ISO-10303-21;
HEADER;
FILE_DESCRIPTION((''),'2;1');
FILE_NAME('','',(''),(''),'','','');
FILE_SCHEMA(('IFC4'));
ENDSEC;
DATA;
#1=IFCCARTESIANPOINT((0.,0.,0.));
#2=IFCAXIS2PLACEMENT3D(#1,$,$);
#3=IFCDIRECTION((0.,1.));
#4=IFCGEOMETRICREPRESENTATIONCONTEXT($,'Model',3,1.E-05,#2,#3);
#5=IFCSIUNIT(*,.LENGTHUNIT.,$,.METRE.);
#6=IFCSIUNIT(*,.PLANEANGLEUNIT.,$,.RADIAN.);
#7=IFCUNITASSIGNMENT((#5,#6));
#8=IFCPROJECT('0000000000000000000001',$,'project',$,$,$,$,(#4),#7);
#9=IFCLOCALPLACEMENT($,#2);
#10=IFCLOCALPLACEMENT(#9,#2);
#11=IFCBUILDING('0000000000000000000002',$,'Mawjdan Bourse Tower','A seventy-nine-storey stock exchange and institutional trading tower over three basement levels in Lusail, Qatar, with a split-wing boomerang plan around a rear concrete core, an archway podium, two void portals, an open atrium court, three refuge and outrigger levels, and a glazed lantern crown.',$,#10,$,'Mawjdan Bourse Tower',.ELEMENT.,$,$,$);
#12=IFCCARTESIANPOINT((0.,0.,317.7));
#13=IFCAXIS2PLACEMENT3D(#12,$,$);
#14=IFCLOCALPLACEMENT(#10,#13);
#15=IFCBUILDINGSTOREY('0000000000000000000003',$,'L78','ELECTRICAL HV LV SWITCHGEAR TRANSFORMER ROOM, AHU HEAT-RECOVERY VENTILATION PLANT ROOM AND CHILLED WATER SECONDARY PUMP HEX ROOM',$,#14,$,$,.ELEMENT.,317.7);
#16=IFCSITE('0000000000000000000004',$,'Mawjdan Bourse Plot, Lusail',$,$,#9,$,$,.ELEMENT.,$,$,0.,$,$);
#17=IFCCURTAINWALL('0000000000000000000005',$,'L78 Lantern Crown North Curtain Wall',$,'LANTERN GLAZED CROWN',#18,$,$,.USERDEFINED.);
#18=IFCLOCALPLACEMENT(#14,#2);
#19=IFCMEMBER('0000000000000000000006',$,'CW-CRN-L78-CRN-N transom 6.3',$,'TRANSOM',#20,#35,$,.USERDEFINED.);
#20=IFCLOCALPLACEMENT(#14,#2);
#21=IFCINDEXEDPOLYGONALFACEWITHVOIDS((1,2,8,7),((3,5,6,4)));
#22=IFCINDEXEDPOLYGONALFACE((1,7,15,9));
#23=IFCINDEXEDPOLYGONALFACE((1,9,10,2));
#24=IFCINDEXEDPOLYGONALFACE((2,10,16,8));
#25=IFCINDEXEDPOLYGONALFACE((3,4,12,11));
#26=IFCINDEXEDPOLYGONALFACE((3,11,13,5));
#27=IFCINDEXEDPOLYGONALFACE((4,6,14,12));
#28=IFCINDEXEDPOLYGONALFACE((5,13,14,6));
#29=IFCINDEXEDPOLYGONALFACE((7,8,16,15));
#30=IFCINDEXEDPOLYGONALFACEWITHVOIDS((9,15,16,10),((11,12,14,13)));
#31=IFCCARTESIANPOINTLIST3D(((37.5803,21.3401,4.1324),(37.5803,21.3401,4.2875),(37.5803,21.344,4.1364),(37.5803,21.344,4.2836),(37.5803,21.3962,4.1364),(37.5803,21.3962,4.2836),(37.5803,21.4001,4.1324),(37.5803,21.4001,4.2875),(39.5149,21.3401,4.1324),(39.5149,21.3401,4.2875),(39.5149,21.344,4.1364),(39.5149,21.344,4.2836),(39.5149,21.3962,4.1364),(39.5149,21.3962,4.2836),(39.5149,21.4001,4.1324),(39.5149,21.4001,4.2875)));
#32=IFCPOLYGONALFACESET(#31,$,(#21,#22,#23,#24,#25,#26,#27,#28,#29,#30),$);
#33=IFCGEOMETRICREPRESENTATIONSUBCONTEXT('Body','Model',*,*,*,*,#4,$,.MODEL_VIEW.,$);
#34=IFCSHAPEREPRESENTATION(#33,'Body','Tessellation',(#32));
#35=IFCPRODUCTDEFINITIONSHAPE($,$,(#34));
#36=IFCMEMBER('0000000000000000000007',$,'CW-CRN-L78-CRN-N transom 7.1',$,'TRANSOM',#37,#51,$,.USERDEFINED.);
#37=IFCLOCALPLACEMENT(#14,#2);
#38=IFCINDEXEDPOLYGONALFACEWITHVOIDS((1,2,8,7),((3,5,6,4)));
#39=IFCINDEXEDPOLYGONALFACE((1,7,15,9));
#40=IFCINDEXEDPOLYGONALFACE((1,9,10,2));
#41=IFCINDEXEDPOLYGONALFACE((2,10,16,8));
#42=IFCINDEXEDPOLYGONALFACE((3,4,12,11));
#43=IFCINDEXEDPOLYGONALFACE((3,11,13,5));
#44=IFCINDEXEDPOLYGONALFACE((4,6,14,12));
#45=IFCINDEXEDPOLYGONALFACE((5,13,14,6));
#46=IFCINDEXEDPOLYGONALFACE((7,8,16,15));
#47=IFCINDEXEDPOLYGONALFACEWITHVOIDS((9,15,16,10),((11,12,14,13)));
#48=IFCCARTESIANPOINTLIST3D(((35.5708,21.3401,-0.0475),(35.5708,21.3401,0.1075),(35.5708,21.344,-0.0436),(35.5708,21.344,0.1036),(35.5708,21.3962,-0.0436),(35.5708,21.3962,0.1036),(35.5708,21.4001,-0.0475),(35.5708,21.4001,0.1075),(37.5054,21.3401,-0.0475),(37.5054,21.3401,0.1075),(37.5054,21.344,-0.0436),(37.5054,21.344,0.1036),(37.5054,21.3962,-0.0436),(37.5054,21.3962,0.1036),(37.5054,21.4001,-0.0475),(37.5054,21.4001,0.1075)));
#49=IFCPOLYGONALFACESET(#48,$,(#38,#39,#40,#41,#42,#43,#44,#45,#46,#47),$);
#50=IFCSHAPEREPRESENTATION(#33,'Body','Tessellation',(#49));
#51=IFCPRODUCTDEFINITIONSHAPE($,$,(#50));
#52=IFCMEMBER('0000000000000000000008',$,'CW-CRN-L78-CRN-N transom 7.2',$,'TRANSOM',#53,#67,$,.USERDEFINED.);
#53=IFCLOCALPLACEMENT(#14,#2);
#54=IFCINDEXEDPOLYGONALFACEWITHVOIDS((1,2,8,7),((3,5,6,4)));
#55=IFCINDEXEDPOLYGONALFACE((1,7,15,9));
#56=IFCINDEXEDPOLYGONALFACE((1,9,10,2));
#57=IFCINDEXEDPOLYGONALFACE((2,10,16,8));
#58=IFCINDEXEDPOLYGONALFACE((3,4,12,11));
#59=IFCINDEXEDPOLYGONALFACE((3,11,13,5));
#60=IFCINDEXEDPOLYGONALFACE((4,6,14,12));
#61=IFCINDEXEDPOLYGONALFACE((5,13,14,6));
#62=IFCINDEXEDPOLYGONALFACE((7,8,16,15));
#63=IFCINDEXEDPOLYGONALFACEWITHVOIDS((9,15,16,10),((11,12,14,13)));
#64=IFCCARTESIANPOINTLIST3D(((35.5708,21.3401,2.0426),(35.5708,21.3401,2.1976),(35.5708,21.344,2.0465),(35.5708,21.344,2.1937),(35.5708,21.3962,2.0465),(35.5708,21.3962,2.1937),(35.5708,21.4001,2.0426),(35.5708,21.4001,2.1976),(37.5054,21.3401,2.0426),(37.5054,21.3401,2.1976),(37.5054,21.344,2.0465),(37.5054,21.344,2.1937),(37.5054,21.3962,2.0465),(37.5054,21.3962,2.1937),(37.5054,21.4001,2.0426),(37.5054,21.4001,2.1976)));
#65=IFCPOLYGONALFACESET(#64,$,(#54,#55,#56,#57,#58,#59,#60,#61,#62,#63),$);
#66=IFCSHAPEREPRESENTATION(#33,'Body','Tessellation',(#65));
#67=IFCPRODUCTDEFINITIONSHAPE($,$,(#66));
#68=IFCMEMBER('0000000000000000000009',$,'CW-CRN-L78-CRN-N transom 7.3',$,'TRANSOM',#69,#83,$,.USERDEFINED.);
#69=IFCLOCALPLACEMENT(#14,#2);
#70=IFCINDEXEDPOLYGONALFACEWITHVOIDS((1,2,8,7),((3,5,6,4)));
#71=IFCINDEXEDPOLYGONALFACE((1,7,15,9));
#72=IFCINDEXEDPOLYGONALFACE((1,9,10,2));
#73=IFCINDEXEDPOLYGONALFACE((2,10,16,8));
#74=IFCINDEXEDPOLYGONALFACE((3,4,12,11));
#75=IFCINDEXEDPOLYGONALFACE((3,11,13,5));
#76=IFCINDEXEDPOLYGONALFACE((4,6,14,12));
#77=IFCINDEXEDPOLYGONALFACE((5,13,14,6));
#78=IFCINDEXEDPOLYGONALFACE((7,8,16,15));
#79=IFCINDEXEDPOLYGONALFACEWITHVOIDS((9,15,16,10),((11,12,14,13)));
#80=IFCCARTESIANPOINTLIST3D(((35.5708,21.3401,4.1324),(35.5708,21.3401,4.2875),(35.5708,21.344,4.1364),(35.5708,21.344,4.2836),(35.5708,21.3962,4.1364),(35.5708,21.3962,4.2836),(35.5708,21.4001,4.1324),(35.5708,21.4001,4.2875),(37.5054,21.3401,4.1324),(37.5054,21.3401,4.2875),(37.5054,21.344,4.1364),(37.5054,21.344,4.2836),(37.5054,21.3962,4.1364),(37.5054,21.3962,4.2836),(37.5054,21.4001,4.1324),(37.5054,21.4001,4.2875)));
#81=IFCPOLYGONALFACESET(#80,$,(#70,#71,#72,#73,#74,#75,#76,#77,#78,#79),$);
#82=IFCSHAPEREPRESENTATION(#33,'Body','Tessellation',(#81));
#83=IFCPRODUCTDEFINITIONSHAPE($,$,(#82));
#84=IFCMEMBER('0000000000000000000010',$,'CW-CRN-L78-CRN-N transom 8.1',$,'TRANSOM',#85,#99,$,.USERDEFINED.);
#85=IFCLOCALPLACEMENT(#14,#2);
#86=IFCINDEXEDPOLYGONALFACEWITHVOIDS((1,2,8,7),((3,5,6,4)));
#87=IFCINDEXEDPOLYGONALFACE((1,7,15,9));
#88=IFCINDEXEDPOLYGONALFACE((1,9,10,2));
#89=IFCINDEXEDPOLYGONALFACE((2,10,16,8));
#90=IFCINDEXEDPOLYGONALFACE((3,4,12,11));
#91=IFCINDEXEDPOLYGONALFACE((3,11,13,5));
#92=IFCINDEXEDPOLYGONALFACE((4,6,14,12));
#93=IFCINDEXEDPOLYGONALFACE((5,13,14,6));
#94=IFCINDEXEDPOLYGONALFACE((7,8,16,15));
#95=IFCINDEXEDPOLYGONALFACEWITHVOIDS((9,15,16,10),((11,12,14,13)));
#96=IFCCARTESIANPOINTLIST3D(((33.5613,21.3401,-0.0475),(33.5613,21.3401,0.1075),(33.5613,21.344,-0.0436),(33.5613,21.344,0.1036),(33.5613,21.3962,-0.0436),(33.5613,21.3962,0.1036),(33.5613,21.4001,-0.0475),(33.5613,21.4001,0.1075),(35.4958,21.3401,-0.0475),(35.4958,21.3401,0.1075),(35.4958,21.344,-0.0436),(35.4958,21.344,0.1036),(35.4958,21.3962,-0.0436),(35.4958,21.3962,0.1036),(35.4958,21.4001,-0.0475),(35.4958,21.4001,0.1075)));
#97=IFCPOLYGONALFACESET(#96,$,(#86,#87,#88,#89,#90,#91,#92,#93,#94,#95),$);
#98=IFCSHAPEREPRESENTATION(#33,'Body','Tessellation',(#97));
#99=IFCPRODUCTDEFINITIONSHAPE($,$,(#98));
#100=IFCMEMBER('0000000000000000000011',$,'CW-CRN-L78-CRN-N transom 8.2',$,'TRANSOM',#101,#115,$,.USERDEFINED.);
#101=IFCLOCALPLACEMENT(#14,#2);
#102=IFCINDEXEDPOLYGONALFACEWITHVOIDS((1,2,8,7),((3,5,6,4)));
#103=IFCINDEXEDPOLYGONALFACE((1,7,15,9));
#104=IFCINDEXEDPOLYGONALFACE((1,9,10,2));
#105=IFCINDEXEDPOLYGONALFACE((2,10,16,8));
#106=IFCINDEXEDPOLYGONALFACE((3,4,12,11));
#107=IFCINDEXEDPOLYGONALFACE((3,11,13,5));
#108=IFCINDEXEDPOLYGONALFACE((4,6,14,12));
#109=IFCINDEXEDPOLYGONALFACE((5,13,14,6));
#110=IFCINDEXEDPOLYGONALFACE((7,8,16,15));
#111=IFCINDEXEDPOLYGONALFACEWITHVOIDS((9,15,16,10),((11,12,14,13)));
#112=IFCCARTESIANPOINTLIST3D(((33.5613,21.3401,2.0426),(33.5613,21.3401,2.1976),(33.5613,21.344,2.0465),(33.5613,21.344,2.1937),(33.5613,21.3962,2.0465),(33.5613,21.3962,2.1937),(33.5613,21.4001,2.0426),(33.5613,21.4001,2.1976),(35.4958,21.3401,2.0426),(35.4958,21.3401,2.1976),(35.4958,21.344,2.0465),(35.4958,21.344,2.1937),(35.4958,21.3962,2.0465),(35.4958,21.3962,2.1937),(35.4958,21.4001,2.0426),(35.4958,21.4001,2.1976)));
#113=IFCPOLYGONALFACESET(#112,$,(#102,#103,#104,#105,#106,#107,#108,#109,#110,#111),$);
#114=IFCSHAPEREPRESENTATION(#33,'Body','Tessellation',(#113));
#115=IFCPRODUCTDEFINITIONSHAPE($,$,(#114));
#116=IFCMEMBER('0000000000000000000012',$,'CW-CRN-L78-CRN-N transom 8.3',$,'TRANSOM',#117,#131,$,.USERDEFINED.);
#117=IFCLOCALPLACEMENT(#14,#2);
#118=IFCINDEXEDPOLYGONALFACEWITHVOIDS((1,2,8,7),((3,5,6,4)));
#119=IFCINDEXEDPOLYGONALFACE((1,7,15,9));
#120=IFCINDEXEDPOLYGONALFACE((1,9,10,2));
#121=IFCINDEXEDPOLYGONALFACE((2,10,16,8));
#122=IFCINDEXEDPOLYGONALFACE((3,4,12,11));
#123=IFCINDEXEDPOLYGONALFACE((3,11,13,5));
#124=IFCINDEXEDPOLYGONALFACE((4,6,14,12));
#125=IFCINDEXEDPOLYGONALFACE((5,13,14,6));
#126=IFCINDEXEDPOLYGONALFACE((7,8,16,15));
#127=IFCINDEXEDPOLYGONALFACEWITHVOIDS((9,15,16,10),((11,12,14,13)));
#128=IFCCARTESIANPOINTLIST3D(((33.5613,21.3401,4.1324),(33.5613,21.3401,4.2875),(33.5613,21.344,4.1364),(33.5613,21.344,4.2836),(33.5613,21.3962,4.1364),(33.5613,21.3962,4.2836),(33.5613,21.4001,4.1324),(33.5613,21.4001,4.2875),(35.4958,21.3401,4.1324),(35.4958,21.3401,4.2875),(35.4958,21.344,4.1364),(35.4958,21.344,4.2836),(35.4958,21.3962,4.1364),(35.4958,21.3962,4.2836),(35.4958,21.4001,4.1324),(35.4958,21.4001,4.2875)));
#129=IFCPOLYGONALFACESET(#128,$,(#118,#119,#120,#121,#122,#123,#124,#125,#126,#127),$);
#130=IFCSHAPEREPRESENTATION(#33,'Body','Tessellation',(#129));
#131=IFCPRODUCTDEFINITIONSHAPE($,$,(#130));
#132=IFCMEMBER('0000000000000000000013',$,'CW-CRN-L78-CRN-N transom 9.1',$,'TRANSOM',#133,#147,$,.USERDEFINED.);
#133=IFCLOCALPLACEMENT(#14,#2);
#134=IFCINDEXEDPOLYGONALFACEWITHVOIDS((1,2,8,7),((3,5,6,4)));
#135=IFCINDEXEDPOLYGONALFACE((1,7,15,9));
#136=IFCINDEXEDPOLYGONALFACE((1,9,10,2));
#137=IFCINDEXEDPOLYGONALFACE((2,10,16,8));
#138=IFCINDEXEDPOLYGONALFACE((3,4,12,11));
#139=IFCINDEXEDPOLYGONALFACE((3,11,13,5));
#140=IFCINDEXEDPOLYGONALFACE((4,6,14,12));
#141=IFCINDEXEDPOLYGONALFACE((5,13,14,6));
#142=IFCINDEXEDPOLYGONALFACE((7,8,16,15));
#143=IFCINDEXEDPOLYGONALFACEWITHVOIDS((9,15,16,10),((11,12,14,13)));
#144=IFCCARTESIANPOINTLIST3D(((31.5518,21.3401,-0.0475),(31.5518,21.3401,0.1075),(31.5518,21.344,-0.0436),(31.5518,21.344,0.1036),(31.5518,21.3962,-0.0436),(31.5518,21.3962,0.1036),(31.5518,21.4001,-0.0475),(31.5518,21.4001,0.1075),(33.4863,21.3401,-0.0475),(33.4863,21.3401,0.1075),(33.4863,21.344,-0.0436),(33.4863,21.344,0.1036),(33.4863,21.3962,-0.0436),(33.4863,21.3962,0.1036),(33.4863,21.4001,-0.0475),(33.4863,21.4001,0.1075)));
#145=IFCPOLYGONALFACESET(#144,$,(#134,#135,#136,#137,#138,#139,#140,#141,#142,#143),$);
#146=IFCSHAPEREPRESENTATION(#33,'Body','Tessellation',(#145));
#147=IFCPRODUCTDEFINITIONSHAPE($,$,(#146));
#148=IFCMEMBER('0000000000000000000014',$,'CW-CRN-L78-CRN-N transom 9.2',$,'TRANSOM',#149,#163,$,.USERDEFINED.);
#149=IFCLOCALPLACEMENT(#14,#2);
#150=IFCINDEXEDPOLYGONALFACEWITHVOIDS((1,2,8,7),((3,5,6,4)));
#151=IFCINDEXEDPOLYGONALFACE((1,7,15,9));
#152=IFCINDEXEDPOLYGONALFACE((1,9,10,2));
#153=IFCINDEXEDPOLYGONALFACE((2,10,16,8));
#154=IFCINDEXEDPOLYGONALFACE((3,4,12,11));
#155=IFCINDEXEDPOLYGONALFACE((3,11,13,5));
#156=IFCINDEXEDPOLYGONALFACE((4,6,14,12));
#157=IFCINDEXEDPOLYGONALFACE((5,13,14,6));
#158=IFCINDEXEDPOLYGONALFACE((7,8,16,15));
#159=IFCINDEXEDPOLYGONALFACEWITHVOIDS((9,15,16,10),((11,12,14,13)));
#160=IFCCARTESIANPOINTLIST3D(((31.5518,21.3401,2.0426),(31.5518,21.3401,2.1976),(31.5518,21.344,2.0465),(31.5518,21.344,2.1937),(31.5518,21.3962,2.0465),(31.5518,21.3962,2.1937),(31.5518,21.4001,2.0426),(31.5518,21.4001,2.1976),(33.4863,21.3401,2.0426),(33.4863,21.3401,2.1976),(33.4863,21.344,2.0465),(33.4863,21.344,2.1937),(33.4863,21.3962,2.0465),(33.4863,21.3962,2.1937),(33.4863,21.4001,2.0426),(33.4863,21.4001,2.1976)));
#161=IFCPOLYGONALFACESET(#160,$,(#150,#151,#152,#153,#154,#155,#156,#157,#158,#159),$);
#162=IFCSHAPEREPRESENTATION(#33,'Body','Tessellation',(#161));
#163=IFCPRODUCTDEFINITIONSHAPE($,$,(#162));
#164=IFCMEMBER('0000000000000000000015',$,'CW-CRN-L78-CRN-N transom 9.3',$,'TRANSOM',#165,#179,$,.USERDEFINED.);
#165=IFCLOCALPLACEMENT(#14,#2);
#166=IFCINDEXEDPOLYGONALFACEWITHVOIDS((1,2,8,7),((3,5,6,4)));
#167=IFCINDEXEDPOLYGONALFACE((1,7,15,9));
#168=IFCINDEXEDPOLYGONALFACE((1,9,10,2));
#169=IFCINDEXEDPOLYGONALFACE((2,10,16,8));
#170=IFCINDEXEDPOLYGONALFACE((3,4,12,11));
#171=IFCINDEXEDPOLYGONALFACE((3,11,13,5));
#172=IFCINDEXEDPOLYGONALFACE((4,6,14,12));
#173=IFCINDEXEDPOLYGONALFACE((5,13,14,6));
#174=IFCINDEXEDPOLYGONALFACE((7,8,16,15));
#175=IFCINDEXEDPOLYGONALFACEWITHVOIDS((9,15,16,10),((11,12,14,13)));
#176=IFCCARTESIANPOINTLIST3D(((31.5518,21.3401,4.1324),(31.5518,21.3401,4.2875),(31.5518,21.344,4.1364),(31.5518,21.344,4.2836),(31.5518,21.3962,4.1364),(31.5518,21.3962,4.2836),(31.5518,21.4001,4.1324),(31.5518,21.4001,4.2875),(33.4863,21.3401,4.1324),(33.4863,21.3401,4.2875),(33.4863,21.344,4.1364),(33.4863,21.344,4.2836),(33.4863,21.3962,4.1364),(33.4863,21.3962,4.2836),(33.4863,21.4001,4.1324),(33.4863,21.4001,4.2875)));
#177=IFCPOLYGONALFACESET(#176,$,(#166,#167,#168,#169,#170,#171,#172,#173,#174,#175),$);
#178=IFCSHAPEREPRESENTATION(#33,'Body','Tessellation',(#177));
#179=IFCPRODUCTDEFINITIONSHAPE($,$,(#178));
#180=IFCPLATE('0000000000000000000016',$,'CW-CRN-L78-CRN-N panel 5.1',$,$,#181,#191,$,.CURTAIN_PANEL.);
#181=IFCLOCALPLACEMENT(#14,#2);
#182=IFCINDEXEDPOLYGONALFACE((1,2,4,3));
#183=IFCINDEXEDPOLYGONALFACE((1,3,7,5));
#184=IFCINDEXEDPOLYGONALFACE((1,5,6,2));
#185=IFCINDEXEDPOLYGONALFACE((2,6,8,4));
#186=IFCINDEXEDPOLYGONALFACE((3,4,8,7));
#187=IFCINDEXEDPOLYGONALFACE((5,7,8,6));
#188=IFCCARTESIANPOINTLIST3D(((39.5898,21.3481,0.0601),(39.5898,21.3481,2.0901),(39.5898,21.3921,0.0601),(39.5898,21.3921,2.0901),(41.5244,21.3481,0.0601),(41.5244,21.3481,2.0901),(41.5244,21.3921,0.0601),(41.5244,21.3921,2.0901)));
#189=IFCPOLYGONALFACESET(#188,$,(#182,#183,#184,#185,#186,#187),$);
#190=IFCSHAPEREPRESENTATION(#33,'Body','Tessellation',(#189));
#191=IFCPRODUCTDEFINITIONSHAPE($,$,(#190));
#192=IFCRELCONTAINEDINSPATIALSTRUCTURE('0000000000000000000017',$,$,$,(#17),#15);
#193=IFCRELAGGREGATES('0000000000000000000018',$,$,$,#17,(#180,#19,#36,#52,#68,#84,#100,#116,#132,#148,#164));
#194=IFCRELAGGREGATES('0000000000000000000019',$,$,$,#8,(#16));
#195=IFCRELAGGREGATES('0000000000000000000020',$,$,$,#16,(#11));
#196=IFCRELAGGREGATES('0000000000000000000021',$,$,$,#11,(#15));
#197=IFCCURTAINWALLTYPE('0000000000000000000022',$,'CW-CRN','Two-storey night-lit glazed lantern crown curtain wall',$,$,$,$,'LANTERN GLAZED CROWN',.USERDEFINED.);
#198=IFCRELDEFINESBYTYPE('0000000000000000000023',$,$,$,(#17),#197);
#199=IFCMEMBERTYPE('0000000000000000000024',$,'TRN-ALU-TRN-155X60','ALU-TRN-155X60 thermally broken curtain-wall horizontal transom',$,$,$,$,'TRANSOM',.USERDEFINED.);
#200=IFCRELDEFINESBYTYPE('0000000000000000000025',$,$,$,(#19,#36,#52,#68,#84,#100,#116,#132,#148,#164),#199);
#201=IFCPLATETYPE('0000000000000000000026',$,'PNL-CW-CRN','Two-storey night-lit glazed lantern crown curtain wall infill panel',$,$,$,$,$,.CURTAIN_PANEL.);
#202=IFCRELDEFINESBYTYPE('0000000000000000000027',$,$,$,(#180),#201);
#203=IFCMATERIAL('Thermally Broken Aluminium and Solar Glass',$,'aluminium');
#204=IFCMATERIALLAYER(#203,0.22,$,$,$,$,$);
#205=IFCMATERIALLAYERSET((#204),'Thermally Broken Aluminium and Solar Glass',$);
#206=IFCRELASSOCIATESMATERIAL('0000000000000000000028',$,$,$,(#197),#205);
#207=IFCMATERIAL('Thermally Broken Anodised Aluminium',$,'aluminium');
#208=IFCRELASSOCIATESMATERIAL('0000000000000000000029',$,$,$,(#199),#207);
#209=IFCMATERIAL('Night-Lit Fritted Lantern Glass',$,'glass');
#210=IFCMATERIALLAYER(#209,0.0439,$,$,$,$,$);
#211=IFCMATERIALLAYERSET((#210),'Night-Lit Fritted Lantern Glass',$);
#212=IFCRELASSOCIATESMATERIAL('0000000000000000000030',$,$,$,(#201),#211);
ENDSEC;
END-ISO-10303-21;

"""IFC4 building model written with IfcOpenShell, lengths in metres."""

from ifc_helpers import new_model, si_unit, direction, frame, origin, origin_2d, place, context, subcontext, project, spatial, rectangle, hollow_rectangle, extrude, material, layer, layer_set, material_profile, profile_set, type_object, element, aggregate, save


model = new_model("IFC4")

# Units and contexts
model_context = context("Model", 3, precision=1e-05, world=origin(), true_north=direction((0.0, 1.0)))
body_context = subcontext(model_context, "Body", "Model", "MODEL_VIEW")
ifc_project = project(units=[si_unit("LENGTHUNIT", "METRE"), si_unit("PLANEANGLEUNIT", "RADIAN")], contexts=[model_context])

# Site, building, storey
site_placement = place(None, origin())
site = spatial("IfcSite", under=ifc_project, at=site_placement, Name="Mawjdan Bourse Plot, Lusail", CompositionType="ELEMENT", RefElevation=0.0)
building_placement = place(site_placement, origin())
building = spatial("IfcBuilding", under=site, at=building_placement, Name="Mawjdan Bourse Tower", Description="A seventy-nine-storey stock exchange and institutional trading tower over three basement levels in Lusail, Qatar, with a split-wing boomerang plan around a rear concrete core, an archway podium, two void portals, an open atrium court, three refuge and outrigger levels, and a glazed lantern crown.", LongName="Mawjdan Bourse Tower", CompositionType="ELEMENT")
storey_placement = place(building_placement, frame((0.0, 0.0, 317.7)))
storey = spatial("IfcBuildingStorey", under=building, at=storey_placement, Name="L78", Description="ELECTRICAL HV LV SWITCHGEAR TRANSFORMER ROOM, AHU HEAT-RECOVERY VENTILATION PLANT ROOM AND CHILLED WATER SECONDARY PUMP HEX ROOM", CompositionType="ELEMENT", Elevation=317.7)

# Curtain wall, members, plate
ifc_material_1 = material(Name="Thermally Broken Aluminium and Solar Glass", Category="aluminium")
ifc_layer_1 = layer(ifc_material_1, 0.22)
ifc_layer_set_1 = layer_set([ifc_layer_1], Name="Thermally Broken Aluminium and Solar Glass")
curtain_wall_type = type_object("IfcCurtainWallType", Name="CW-CRN", Description="Two-storey night-lit glazed lantern crown curtain wall", ElementType="LANTERN GLAZED CROWN", PredefinedType="USERDEFINED", material=ifc_layer_set_1)
curtain_wall_placement = place(storey_placement, origin())
curtain_wall = element("IfcCurtainWall", 1, at=curtain_wall_placement, inside=storey, type_object=curtain_wall_type, Name="L78 Lantern Crown North Curtain Wall", ObjectType="LANTERN GLAZED CROWN", PredefinedType="USERDEFINED")
ifc_material_2 = material(Name="Thermally Broken Anodised Aluminium", Category="aluminium")
ifc_material_profile_1 = material_profile(ifc_material_2, hollow_rectangle(XDim=0.0601, YDim=0.155, WallThickness=0.0039, at=origin_2d()), Name="ALU-TRN-155X60")
ifc_profile_set_1 = profile_set([ifc_material_profile_1], Name="Thermally Broken Anodised Aluminium")
member_type_1 = type_object("IfcMemberType", Name="TRN-ALU-TRN-155X60", Description="ALU-TRN-155X60 thermally broken curtain-wall horizontal transom", ElementType="TRANSOM", PredefinedType="USERDEFINED", material=ifc_profile_set_1)
member_1_placement = place(storey_placement, frame((39.5149, 21.3701, 4.21), z_axis=(-1.0, 0.0, 0.0), x_axis=(0.0, -1.0, 0.0)))
member_1 = element("IfcMember", 2, at=member_1_placement, type_object=member_type_1, Name="CW-CRN-L78-CRN-N transom 6.3", ObjectType="TRANSOM", PredefinedType="USERDEFINED", context=body_context, shape_type="SweptSolid", body=[
    extrude(hollow_rectangle(XDim=0.0601, YDim=0.155, WallThickness=0.0039, at=origin_2d()), origin(), (0.0, 0.0, 1.0), 1.9346),
])
member_2_placement = place(storey_placement, frame((37.5054, 21.3701, 0.03), z_axis=(-1.0, 0.0, 0.0), x_axis=(0.0, -1.0, 0.0)))
member_2 = element("IfcMember", 3, at=member_2_placement, type_object=member_type_1, Name="CW-CRN-L78-CRN-N transom 7.1", ObjectType="TRANSOM", PredefinedType="USERDEFINED", context=body_context, shape_type="SweptSolid", body=[
    extrude(hollow_rectangle(XDim=0.0601, YDim=0.155, WallThickness=0.0039, at=origin_2d()), origin(), (0.0, 0.0, 1.0), 1.9346),
])
member_3_placement = place(storey_placement, frame((37.5054, 21.3701, 2.1201), z_axis=(-1.0, 0.0, 0.0), x_axis=(0.0, -1.0, 0.0)))
member_3 = element("IfcMember", 4, at=member_3_placement, type_object=member_type_1, Name="CW-CRN-L78-CRN-N transom 7.2", ObjectType="TRANSOM", PredefinedType="USERDEFINED", context=body_context, shape_type="SweptSolid", body=[
    extrude(hollow_rectangle(XDim=0.0601, YDim=0.155, WallThickness=0.0039, at=origin_2d()), origin(), (0.0, 0.0, 1.0), 1.9346),
])
member_4_placement = place(storey_placement, frame((37.5054, 21.3701, 4.21), z_axis=(-1.0, 0.0, 0.0), x_axis=(0.0, -1.0, 0.0)))
member_4 = element("IfcMember", 5, at=member_4_placement, type_object=member_type_1, Name="CW-CRN-L78-CRN-N transom 7.3", ObjectType="TRANSOM", PredefinedType="USERDEFINED", context=body_context, shape_type="SweptSolid", body=[
    extrude(hollow_rectangle(XDim=0.0601, YDim=0.155, WallThickness=0.0039, at=origin_2d()), origin(), (0.0, 0.0, 1.0), 1.9346),
])
member_5_placement = place(storey_placement, frame((35.4958, 21.3701, 0.03), z_axis=(-1.0, 0.0, 0.0), x_axis=(0.0, -1.0, 0.0)))
member_5 = element("IfcMember", 6, at=member_5_placement, type_object=member_type_1, Name="CW-CRN-L78-CRN-N transom 8.1", ObjectType="TRANSOM", PredefinedType="USERDEFINED", context=body_context, shape_type="SweptSolid", body=[
    extrude(hollow_rectangle(XDim=0.0601, YDim=0.155, WallThickness=0.0039, at=origin_2d()), origin(), (0.0, 0.0, 1.0), 1.9346),
])
member_6_placement = place(storey_placement, frame((35.4958, 21.3701, 2.1201), z_axis=(-1.0, 0.0, 0.0), x_axis=(0.0, -1.0, 0.0)))
member_6 = element("IfcMember", 7, at=member_6_placement, type_object=member_type_1, Name="CW-CRN-L78-CRN-N transom 8.2", ObjectType="TRANSOM", PredefinedType="USERDEFINED", context=body_context, shape_type="SweptSolid", body=[
    extrude(hollow_rectangle(XDim=0.0601, YDim=0.155, WallThickness=0.0039, at=origin_2d()), origin(), (0.0, 0.0, 1.0), 1.9346),
])
member_7_placement = place(storey_placement, frame((35.4958, 21.3701, 4.21), z_axis=(-1.0, 0.0, 0.0), x_axis=(0.0, -1.0, 0.0)))
member_7 = element("IfcMember", 8, at=member_7_placement, type_object=member_type_1, Name="CW-CRN-L78-CRN-N transom 8.3", ObjectType="TRANSOM", PredefinedType="USERDEFINED", context=body_context, shape_type="SweptSolid", body=[
    extrude(hollow_rectangle(XDim=0.0601, YDim=0.155, WallThickness=0.0039, at=origin_2d()), origin(), (0.0, 0.0, 1.0), 1.9346),
])
member_8_placement = place(storey_placement, frame((33.4863, 21.3701, 0.03), z_axis=(-1.0, 0.0, 0.0), x_axis=(0.0, -1.0, 0.0)))
member_8 = element("IfcMember", 9, at=member_8_placement, type_object=member_type_1, Name="CW-CRN-L78-CRN-N transom 9.1", ObjectType="TRANSOM", PredefinedType="USERDEFINED", context=body_context, shape_type="SweptSolid", body=[
    extrude(hollow_rectangle(XDim=0.0601, YDim=0.155, WallThickness=0.0039, at=origin_2d()), origin(), (0.0, 0.0, 1.0), 1.9346),
])
member_9_placement = place(storey_placement, frame((33.4863, 21.3701, 2.1201), z_axis=(-1.0, 0.0, 0.0), x_axis=(0.0, -1.0, 0.0)))
member_9 = element("IfcMember", 10, at=member_9_placement, type_object=member_type_1, Name="CW-CRN-L78-CRN-N transom 9.2", ObjectType="TRANSOM", PredefinedType="USERDEFINED", context=body_context, shape_type="SweptSolid", body=[
    extrude(hollow_rectangle(XDim=0.0601, YDim=0.155, WallThickness=0.0039, at=origin_2d()), origin(), (0.0, 0.0, 1.0), 1.9346),
])
member_10_placement = place(storey_placement, frame((33.4863, 21.3701, 4.21), z_axis=(-1.0, 0.0, 0.0), x_axis=(0.0, -1.0, 0.0)))
member_10 = element("IfcMember", 11, at=member_10_placement, type_object=member_type_1, Name="CW-CRN-L78-CRN-N transom 9.3", ObjectType="TRANSOM", PredefinedType="USERDEFINED", context=body_context, shape_type="SweptSolid", body=[
    extrude(hollow_rectangle(XDim=0.0601, YDim=0.155, WallThickness=0.0039, at=origin_2d()), origin(), (0.0, 0.0, 1.0), 1.9346),
])
ifc_material_3 = material(Name="Night-Lit Fritted Lantern Glass", Category="glass")
ifc_layer_2 = layer(ifc_material_3, 0.0439)
ifc_layer_set_2 = layer_set([ifc_layer_2], Name="Night-Lit Fritted Lantern Glass")
plate_type = type_object("IfcPlateType", Name="PNL-CW-CRN", Description="Two-storey night-lit glazed lantern crown curtain wall infill panel", PredefinedType="CURTAIN_PANEL", material=ifc_layer_set_2)
plate_1_placement = place(storey_placement, frame((40.5571, 21.3701, 0.0601), z_axis=(0.0, 0.0, 1.0), x_axis=(-1.0, 0.0, 0.0)))
plate_1 = element("IfcPlate", 12, at=plate_1_placement, type_object=plate_type, Name="CW-CRN-L78-CRN-N panel 5.1", PredefinedType="CURTAIN_PANEL", context=body_context, shape_type="SweptSolid", body=[
    extrude(rectangle(XDim=1.9346, YDim=0.0439, at=origin_2d()), origin(), (0.0, 0.0, 1.0), 2.03),
])
aggregate(curtain_wall, [plate_1, member_1, member_2, member_3, member_4, member_5, member_6, member_7, member_8, member_9, member_10])

save(model, "model.ifc")
